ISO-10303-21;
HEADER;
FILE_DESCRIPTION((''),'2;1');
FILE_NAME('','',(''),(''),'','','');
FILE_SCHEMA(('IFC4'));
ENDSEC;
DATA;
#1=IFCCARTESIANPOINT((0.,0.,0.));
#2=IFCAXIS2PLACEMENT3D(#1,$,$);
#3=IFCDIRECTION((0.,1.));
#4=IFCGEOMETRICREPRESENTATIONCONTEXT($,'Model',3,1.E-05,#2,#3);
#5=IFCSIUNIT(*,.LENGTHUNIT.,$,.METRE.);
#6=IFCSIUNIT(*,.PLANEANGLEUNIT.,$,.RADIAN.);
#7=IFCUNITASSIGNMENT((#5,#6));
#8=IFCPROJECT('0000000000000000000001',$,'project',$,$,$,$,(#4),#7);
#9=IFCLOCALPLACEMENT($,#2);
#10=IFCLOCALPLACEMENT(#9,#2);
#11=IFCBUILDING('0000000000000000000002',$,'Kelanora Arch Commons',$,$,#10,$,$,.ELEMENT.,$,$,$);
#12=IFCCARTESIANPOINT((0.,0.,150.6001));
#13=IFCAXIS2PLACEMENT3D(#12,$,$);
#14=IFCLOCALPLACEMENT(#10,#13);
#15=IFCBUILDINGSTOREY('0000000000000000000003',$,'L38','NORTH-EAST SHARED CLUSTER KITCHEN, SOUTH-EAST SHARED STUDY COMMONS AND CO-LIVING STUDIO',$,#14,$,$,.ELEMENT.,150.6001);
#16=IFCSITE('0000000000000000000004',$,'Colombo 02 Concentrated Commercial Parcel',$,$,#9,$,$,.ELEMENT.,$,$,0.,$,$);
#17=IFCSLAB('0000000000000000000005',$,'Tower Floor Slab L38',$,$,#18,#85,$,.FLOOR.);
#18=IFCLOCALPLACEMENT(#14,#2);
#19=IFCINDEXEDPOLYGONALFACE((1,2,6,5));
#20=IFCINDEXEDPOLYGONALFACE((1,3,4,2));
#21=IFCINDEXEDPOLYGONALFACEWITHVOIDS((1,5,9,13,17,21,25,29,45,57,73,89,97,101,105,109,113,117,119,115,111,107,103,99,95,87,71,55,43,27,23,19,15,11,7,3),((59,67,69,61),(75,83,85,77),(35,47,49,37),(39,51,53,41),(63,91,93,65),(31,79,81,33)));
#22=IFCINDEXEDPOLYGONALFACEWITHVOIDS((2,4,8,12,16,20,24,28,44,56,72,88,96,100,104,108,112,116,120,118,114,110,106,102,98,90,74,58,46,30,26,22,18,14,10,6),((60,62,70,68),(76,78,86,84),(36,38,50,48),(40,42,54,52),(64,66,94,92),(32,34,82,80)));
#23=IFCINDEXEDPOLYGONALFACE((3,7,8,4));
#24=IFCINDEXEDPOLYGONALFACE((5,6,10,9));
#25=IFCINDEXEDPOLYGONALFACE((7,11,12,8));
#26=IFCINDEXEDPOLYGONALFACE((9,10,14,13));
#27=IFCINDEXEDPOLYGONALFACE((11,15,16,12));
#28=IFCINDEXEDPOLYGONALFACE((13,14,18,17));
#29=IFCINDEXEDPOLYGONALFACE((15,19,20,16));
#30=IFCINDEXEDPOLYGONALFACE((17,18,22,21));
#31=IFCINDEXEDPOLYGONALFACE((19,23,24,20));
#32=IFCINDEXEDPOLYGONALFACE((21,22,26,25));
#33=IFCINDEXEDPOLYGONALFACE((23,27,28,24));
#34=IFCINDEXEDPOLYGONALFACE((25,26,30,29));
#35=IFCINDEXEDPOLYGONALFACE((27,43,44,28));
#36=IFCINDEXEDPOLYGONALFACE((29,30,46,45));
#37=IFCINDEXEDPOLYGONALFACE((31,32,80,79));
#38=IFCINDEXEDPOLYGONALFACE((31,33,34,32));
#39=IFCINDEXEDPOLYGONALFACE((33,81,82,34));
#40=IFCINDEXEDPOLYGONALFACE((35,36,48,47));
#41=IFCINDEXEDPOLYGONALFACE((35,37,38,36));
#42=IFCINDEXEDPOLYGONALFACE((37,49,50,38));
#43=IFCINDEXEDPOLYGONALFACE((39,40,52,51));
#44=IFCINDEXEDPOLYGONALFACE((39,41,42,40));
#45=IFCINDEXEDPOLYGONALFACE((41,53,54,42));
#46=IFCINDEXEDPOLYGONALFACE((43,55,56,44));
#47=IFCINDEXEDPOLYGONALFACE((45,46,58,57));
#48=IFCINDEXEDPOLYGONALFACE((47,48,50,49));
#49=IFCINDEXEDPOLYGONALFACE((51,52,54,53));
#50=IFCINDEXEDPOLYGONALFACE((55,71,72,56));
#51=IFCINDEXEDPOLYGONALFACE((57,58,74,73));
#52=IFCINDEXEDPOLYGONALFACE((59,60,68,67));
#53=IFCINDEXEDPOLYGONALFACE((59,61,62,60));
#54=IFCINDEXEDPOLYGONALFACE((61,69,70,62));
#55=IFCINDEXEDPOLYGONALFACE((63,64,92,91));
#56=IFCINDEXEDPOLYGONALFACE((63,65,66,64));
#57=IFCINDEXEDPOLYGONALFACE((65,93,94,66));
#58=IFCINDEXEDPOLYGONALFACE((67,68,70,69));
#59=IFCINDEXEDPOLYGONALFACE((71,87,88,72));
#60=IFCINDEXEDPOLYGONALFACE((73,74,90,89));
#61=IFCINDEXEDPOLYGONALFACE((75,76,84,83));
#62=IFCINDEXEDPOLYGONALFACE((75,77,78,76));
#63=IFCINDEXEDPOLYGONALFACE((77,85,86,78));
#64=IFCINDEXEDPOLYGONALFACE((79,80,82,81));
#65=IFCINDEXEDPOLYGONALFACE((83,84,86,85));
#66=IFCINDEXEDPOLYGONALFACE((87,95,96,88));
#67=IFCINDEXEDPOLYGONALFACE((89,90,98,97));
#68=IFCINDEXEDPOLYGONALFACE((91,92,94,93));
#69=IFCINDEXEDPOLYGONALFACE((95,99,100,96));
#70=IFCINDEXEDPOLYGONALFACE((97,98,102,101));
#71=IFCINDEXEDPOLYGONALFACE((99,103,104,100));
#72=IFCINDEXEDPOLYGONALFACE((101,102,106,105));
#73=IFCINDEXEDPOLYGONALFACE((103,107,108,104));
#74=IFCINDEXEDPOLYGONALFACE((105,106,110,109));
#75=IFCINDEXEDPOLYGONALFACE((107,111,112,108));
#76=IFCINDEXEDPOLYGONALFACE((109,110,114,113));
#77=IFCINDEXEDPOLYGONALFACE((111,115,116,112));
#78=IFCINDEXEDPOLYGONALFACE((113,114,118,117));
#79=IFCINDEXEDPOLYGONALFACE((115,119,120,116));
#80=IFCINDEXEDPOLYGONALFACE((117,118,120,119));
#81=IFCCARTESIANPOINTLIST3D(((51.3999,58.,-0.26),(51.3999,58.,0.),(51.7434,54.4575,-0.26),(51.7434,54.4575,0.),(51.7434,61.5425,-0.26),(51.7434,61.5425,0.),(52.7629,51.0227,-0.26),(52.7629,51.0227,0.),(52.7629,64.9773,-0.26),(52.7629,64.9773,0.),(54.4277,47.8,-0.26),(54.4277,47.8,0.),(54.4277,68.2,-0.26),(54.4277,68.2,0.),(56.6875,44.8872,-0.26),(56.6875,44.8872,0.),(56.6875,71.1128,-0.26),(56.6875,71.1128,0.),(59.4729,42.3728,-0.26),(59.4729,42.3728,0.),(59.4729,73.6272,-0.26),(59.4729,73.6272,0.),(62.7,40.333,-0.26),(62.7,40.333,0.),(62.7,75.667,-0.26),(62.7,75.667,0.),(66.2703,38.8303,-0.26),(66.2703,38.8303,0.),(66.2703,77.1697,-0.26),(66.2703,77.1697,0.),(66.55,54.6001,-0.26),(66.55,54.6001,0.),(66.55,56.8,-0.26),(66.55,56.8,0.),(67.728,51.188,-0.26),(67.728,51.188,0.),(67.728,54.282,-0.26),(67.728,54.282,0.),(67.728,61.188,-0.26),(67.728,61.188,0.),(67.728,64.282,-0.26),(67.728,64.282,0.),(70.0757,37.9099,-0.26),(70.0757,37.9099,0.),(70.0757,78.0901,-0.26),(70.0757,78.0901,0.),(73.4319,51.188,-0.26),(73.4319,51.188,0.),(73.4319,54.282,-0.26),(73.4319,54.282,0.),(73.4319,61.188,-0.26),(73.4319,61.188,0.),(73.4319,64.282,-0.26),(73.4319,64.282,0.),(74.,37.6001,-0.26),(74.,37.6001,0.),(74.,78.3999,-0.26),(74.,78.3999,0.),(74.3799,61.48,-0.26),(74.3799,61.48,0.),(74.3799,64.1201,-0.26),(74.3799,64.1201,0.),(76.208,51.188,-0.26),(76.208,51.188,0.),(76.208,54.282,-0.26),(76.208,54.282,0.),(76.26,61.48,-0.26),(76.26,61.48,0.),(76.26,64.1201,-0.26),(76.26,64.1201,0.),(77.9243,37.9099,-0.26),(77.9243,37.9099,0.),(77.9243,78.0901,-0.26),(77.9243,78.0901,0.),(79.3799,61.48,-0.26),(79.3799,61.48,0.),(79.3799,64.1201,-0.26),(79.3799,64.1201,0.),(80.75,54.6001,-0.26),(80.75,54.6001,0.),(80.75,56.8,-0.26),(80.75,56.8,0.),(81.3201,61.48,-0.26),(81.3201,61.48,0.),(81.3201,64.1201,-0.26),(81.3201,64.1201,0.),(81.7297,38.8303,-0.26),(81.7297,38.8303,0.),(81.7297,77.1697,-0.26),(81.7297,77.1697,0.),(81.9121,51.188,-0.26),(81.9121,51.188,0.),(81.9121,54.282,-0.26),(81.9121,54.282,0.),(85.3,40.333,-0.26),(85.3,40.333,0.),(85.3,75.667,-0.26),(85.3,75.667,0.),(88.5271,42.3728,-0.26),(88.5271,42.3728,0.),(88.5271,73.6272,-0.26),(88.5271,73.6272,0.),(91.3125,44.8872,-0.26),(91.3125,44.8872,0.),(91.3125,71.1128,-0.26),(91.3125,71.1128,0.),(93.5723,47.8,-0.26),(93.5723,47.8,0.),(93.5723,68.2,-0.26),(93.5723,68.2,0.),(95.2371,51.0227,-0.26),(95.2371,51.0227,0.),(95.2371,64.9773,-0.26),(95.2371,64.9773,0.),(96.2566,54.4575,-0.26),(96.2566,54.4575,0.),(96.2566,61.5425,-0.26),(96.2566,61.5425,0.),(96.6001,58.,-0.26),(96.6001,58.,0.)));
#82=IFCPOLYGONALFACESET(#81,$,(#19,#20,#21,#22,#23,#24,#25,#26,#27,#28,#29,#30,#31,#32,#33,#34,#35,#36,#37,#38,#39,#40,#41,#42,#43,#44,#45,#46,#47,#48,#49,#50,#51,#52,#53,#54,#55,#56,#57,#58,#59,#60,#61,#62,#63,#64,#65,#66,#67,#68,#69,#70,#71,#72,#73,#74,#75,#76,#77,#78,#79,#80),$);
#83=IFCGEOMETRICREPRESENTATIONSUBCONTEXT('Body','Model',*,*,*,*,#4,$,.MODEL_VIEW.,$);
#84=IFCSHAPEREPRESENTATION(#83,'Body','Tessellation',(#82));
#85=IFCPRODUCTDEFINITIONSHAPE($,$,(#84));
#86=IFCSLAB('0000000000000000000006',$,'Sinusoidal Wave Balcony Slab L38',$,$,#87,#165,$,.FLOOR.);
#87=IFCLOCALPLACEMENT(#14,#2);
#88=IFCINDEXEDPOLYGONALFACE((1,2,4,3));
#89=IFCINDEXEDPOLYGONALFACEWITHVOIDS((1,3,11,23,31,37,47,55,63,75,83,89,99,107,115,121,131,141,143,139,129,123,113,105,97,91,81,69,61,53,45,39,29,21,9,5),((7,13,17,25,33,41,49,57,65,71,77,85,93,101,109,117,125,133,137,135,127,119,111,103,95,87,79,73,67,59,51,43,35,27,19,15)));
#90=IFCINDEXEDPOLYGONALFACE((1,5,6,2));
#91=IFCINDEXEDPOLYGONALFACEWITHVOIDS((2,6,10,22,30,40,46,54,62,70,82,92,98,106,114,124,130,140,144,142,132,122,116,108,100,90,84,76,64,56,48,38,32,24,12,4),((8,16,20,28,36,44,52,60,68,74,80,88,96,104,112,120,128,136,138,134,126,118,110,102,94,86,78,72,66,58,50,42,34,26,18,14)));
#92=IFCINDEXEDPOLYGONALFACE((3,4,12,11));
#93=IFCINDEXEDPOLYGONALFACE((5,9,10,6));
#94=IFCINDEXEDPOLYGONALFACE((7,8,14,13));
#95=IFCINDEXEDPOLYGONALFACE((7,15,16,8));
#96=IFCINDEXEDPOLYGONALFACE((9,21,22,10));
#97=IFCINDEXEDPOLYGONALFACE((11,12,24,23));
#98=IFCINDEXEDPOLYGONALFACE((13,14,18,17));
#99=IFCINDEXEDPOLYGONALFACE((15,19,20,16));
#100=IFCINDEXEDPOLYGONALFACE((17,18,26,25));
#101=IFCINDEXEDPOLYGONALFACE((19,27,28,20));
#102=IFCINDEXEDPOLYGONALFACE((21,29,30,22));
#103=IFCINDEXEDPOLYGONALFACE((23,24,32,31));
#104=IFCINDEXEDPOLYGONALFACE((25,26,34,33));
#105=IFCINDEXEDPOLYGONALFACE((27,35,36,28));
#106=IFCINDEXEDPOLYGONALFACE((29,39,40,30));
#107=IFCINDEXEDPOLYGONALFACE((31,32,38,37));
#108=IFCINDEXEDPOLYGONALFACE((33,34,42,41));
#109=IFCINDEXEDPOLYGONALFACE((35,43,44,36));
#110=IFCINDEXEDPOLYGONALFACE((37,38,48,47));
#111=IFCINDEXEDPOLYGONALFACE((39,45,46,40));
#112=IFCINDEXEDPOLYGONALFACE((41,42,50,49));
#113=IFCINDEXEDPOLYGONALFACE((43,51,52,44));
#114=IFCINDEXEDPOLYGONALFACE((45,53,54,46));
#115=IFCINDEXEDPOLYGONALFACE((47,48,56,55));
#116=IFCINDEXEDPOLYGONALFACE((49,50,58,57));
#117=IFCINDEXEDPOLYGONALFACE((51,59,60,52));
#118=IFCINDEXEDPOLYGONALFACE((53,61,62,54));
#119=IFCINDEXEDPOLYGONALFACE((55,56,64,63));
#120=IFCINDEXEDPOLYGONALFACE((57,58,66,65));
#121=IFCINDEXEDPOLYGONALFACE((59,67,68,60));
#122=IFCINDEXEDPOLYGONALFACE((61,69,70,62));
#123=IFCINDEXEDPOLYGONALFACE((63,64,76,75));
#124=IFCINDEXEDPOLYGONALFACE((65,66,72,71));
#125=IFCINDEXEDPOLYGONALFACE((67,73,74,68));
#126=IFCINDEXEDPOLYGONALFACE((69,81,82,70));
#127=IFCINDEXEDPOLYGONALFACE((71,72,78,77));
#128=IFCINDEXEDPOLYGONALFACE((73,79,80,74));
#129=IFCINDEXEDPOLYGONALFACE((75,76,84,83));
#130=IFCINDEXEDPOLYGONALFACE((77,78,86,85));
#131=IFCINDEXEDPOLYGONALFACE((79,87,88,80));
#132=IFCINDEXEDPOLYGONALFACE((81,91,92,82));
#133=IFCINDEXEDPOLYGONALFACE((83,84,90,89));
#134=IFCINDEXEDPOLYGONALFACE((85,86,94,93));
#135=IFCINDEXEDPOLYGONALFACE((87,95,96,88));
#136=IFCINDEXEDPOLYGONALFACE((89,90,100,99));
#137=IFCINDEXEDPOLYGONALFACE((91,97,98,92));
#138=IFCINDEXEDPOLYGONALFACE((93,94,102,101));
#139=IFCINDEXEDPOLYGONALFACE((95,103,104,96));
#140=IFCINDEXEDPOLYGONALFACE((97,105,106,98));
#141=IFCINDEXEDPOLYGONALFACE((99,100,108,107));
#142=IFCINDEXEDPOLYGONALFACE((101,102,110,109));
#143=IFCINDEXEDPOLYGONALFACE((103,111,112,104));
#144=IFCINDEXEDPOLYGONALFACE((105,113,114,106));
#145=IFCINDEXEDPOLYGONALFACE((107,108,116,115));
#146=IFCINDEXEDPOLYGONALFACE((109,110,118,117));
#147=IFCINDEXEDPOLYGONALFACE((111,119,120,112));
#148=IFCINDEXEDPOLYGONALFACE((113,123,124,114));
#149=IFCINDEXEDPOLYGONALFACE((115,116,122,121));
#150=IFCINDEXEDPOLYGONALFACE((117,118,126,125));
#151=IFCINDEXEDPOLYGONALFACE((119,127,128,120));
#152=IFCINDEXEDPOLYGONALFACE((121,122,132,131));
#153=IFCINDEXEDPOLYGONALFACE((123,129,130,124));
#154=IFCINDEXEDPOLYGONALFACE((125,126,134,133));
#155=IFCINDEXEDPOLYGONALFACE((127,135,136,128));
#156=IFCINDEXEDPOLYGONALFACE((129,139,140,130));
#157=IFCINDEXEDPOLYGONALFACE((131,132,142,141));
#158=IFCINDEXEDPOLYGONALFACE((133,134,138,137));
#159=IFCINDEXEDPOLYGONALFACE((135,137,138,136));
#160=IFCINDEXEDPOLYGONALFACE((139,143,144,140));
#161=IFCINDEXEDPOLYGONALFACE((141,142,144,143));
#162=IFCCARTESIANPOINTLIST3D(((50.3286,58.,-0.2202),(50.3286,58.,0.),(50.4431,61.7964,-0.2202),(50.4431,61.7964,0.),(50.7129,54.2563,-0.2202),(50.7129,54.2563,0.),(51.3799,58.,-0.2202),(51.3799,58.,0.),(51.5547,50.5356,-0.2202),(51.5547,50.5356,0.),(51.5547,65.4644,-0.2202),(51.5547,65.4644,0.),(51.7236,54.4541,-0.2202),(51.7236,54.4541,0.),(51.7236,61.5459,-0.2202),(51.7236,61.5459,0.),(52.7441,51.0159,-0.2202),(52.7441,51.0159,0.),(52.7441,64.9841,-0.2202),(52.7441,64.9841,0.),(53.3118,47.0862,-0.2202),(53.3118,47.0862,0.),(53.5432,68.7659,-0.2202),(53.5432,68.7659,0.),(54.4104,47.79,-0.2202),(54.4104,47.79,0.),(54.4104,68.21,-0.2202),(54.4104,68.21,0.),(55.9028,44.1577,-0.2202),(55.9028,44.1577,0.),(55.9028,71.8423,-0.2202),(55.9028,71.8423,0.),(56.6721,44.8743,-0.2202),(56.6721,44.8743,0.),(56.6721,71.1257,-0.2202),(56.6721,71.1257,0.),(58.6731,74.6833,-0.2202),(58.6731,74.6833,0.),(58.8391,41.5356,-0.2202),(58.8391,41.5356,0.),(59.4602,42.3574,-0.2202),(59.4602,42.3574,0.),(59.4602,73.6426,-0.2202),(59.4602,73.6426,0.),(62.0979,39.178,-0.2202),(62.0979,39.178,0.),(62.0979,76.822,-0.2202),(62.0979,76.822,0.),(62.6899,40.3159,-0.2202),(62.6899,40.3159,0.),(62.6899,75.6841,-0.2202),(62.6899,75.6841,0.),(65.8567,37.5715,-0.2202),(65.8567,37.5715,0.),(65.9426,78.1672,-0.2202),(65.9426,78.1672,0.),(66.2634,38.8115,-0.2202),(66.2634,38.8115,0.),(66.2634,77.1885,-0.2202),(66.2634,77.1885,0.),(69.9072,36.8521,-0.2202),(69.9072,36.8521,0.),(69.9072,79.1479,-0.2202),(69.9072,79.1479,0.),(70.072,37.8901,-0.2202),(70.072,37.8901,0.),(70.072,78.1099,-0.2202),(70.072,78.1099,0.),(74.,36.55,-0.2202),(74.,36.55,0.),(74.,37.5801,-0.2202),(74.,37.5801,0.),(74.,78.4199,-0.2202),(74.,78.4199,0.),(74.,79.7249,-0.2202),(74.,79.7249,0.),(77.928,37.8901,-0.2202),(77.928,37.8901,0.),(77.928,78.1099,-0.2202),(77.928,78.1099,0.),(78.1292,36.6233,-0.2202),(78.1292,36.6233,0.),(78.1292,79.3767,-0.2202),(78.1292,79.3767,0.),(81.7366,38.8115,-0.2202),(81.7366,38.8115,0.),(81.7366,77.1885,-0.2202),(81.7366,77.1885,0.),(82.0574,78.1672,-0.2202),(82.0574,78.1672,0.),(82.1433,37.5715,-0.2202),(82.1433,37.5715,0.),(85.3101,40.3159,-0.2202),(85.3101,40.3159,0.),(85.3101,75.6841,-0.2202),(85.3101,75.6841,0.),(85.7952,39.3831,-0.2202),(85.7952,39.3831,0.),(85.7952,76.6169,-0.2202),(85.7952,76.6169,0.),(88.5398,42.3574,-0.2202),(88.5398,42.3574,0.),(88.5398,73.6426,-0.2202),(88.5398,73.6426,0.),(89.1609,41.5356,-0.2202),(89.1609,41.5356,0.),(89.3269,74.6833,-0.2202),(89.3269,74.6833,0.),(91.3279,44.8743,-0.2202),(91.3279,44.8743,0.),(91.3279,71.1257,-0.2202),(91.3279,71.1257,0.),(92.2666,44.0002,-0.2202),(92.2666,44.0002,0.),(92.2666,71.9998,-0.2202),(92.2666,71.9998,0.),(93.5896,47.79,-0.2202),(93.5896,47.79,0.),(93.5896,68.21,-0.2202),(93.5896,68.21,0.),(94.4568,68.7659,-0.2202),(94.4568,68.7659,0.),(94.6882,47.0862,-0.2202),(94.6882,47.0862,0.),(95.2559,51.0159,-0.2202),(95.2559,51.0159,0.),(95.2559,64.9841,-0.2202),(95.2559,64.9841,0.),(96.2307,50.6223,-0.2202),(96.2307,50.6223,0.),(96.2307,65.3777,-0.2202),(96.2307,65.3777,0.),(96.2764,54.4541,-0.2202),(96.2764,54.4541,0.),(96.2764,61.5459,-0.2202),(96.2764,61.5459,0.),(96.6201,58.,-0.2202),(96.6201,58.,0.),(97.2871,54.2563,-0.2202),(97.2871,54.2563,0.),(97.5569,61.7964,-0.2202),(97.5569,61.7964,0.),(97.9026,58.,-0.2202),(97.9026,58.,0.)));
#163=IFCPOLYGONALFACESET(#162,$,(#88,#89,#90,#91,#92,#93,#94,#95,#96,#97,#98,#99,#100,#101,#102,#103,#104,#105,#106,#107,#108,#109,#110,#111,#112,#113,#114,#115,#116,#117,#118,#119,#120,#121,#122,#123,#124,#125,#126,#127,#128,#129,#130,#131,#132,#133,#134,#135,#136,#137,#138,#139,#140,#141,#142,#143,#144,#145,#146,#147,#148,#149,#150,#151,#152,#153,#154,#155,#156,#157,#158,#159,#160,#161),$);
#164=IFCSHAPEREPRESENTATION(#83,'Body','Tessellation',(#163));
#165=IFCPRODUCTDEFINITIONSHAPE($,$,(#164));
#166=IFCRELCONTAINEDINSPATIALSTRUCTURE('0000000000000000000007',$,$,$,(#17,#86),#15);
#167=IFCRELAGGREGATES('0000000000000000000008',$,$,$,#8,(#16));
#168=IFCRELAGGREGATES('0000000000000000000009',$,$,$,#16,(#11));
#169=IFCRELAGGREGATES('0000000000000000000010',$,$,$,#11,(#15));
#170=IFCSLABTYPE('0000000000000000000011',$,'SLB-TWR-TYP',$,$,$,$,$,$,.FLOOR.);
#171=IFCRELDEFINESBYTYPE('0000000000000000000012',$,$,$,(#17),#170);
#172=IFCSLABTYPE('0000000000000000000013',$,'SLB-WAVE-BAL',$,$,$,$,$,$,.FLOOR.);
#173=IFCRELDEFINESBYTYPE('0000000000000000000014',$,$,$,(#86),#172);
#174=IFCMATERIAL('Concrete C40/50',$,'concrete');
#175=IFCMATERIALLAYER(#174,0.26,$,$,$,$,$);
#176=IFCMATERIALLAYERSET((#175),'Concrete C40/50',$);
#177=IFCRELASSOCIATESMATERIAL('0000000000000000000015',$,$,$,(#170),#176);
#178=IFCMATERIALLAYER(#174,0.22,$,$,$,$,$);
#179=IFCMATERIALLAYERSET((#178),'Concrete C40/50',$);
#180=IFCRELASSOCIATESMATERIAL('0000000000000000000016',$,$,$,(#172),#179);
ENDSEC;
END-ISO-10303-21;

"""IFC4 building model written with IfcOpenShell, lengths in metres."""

from ifc_helpers import new_model, si_unit, direction, frame, origin, place, context, subcontext, project, spatial, polyline, outline, extrude, material, layer, layer_set, type_object, element, save


model = new_model("IFC4")

# Units and contexts
model_context = context("Model", 3, precision=1e-05, world=origin(), true_north=direction((0.0, 1.0)))
body_context = subcontext(model_context, "Body", "Model", "MODEL_VIEW")
ifc_project = project(units=[si_unit("LENGTHUNIT", "METRE"), si_unit("PLANEANGLEUNIT", "RADIAN")], contexts=[model_context])

# Site, building, storey
site_placement = place(None, origin())
site = spatial("IfcSite", under=ifc_project, at=site_placement, Name="Colombo 02 Concentrated Commercial Parcel", CompositionType="ELEMENT", RefElevation=0.0)
building_placement = place(site_placement, origin())
building = spatial("IfcBuilding", under=site, at=building_placement, Name="Kelanora Arch Commons", CompositionType="ELEMENT")
storey_placement = place(building_placement, frame((0.0, 0.0, 150.6001)))
storey = spatial("IfcBuildingStorey", under=building, at=storey_placement, Name="L38", Description="NORTH-EAST SHARED CLUSTER KITCHEN, SOUTH-EAST SHARED STUDY COMMONS AND CO-LIVING STUDIO", CompositionType="ELEMENT", Elevation=150.6001)

# Shared definitions
ifc_material_1 = material(Name="Concrete C40/50", Category="concrete")

# Slabs
ifc_layer_1 = layer(ifc_material_1, 0.26)
ifc_layer_set_1 = layer_set([ifc_layer_1], Name="Concrete C40/50")
slab_type_1 = type_object("IfcSlabType", Name="SLB-TWR-TYP", PredefinedType="FLOOR", material=ifc_layer_set_1)
slab_1_placement = place(storey_placement, frame((0.0, 0.0, -0.26)))
element("IfcSlab", 1, at=slab_1_placement, inside=storey, type_object=slab_type_1, Name="Tower Floor Slab L38", PredefinedType="FLOOR", context=body_context, shape_type="SweptSolid", body=[
    extrude(outline(polyline([(96.6001, 58.0), (96.2566, 61.5425), (95.2371, 64.9773), (93.5723, 68.2), (91.3125, 71.1128), (88.5271, 73.6272), (85.3, 75.667), (81.7297, 77.1697), (77.9243, 78.0901), (74.0, 78.3999), (70.0757, 78.0901), (66.2703, 77.1697), (62.7, 75.667), (59.4729, 73.6272), (56.6875, 71.1128), (54.4277, 68.2), (52.7629, 64.9773), (51.7434, 61.5425), (51.3999, 58.0), (51.7434, 54.4575), (52.7629, 51.0227), (54.4277, 47.8), (56.6875, 44.8872), (59.4729, 42.3728), (62.7, 40.333), (66.2703, 38.8303), (70.0757, 37.9099), (74.0, 37.6001), (77.9243, 37.9099), (81.7297, 38.8303), (85.3, 40.333), (88.5271, 42.3728), (91.3125, 44.8872), (93.5723, 47.8), (95.2371, 51.0227), (96.2566, 54.4575), (96.6001, 58.0)]), holes=[polyline([(73.4319, 51.188), (67.728, 51.188), (67.728, 54.282), (73.4319, 54.282), (73.4319, 51.188)]), polyline([(76.208, 51.188), (76.208, 54.282), (81.9121, 54.282), (81.9121, 51.188), (76.208, 51.188)]), polyline([(66.55, 54.6001), (66.55, 56.8), (80.75, 56.8), (80.75, 54.6001), (66.55, 54.6001)]), polyline([(73.4319, 61.188), (67.728, 61.188), (67.728, 64.282), (73.4319, 64.282), (73.4319, 61.188)]), polyline([(74.3799, 61.48), (74.3799, 64.1201), (76.26, 64.1201), (76.26, 61.48), (74.3799, 61.48)]), polyline([(79.3799, 61.48), (79.3799, 64.1201), (81.3201, 64.1201), (81.3201, 61.48), (79.3799, 61.48)])]), origin(), (0.0, 0.0, 1.0), 0.26),
])
ifc_layer_2 = layer(ifc_material_1, 0.22)
ifc_layer_set_2 = layer_set([ifc_layer_2], Name="Concrete C40/50")
slab_type_2 = type_object("IfcSlabType", Name="SLB-WAVE-BAL", PredefinedType="FLOOR", material=ifc_layer_set_2)
slab_2_placement = place(storey_placement, frame((0.0, 0.0, -0.2202)))
element("IfcSlab", 2, at=slab_2_placement, inside=storey, type_object=slab_type_2, Name="Sinusoidal Wave Balcony Slab L38", PredefinedType="FLOOR", context=body_context, shape_type="SweptSolid", body=[
    extrude(outline(polyline([(97.9026, 58.0), (97.5569, 61.7964), (96.2307, 65.3777), (94.4568, 68.7659), (92.2666, 71.9998), (89.3269, 74.6833), (85.7952, 76.6169), (82.0574, 78.1672), (78.1292, 79.3767), (74.0, 79.7249), (69.9072, 79.1479), (65.9426, 78.1672), (62.0979, 76.822), (58.6731, 74.6833), (55.9028, 71.8423), (53.5432, 68.7659), (51.5547, 65.4644), (50.4431, 61.7964), (50.3286, 58.0), (50.7129, 54.2563), (51.5547, 50.5356), (53.3118, 47.0862), (55.9028, 44.1577), (58.8391, 41.5356), (62.0979, 39.178), (65.8567, 37.5715), (69.9072, 36.8521), (74.0, 36.55), (78.1292, 36.6233), (82.1433, 37.5715), (85.7952, 39.3831), (89.1609, 41.5356), (92.2666, 44.0002), (94.6882, 47.0862), (96.2307, 50.6223), (97.2871, 54.2563), (97.9026, 58.0)]), holes=[polyline([(96.2764, 54.4541), (95.2559, 51.0159), (93.5896, 47.79), (91.3279, 44.8743), (88.5398, 42.3574), (85.3101, 40.3159), (81.7366, 38.8115), (77.928, 37.8901), (74.0, 37.5801), (70.072, 37.8901), (66.2634, 38.8115), (62.6899, 40.3159), (59.4602, 42.3574), (56.6721, 44.8743), (54.4104, 47.79), (52.7441, 51.0159), (51.7236, 54.4541), (51.3799, 58.0), (51.7236, 61.5459), (52.7441, 64.9841), (54.4104, 68.21), (56.6721, 71.1257), (59.4602, 73.6426), (62.6899, 75.6841), (66.2634, 77.1885), (70.072, 78.1099), (74.0, 78.4199), (77.928, 78.1099), (81.7366, 77.1885), (85.3101, 75.6841), (88.5398, 73.6426), (91.3279, 71.1257), (93.5896, 68.21), (95.2559, 64.9841), (96.2764, 61.5459), (96.6201, 58.0), (96.2764, 54.4541)])]), origin(), (0.0, 0.0, 1.0), 0.2202),
])

save(model, "model.ifc")
